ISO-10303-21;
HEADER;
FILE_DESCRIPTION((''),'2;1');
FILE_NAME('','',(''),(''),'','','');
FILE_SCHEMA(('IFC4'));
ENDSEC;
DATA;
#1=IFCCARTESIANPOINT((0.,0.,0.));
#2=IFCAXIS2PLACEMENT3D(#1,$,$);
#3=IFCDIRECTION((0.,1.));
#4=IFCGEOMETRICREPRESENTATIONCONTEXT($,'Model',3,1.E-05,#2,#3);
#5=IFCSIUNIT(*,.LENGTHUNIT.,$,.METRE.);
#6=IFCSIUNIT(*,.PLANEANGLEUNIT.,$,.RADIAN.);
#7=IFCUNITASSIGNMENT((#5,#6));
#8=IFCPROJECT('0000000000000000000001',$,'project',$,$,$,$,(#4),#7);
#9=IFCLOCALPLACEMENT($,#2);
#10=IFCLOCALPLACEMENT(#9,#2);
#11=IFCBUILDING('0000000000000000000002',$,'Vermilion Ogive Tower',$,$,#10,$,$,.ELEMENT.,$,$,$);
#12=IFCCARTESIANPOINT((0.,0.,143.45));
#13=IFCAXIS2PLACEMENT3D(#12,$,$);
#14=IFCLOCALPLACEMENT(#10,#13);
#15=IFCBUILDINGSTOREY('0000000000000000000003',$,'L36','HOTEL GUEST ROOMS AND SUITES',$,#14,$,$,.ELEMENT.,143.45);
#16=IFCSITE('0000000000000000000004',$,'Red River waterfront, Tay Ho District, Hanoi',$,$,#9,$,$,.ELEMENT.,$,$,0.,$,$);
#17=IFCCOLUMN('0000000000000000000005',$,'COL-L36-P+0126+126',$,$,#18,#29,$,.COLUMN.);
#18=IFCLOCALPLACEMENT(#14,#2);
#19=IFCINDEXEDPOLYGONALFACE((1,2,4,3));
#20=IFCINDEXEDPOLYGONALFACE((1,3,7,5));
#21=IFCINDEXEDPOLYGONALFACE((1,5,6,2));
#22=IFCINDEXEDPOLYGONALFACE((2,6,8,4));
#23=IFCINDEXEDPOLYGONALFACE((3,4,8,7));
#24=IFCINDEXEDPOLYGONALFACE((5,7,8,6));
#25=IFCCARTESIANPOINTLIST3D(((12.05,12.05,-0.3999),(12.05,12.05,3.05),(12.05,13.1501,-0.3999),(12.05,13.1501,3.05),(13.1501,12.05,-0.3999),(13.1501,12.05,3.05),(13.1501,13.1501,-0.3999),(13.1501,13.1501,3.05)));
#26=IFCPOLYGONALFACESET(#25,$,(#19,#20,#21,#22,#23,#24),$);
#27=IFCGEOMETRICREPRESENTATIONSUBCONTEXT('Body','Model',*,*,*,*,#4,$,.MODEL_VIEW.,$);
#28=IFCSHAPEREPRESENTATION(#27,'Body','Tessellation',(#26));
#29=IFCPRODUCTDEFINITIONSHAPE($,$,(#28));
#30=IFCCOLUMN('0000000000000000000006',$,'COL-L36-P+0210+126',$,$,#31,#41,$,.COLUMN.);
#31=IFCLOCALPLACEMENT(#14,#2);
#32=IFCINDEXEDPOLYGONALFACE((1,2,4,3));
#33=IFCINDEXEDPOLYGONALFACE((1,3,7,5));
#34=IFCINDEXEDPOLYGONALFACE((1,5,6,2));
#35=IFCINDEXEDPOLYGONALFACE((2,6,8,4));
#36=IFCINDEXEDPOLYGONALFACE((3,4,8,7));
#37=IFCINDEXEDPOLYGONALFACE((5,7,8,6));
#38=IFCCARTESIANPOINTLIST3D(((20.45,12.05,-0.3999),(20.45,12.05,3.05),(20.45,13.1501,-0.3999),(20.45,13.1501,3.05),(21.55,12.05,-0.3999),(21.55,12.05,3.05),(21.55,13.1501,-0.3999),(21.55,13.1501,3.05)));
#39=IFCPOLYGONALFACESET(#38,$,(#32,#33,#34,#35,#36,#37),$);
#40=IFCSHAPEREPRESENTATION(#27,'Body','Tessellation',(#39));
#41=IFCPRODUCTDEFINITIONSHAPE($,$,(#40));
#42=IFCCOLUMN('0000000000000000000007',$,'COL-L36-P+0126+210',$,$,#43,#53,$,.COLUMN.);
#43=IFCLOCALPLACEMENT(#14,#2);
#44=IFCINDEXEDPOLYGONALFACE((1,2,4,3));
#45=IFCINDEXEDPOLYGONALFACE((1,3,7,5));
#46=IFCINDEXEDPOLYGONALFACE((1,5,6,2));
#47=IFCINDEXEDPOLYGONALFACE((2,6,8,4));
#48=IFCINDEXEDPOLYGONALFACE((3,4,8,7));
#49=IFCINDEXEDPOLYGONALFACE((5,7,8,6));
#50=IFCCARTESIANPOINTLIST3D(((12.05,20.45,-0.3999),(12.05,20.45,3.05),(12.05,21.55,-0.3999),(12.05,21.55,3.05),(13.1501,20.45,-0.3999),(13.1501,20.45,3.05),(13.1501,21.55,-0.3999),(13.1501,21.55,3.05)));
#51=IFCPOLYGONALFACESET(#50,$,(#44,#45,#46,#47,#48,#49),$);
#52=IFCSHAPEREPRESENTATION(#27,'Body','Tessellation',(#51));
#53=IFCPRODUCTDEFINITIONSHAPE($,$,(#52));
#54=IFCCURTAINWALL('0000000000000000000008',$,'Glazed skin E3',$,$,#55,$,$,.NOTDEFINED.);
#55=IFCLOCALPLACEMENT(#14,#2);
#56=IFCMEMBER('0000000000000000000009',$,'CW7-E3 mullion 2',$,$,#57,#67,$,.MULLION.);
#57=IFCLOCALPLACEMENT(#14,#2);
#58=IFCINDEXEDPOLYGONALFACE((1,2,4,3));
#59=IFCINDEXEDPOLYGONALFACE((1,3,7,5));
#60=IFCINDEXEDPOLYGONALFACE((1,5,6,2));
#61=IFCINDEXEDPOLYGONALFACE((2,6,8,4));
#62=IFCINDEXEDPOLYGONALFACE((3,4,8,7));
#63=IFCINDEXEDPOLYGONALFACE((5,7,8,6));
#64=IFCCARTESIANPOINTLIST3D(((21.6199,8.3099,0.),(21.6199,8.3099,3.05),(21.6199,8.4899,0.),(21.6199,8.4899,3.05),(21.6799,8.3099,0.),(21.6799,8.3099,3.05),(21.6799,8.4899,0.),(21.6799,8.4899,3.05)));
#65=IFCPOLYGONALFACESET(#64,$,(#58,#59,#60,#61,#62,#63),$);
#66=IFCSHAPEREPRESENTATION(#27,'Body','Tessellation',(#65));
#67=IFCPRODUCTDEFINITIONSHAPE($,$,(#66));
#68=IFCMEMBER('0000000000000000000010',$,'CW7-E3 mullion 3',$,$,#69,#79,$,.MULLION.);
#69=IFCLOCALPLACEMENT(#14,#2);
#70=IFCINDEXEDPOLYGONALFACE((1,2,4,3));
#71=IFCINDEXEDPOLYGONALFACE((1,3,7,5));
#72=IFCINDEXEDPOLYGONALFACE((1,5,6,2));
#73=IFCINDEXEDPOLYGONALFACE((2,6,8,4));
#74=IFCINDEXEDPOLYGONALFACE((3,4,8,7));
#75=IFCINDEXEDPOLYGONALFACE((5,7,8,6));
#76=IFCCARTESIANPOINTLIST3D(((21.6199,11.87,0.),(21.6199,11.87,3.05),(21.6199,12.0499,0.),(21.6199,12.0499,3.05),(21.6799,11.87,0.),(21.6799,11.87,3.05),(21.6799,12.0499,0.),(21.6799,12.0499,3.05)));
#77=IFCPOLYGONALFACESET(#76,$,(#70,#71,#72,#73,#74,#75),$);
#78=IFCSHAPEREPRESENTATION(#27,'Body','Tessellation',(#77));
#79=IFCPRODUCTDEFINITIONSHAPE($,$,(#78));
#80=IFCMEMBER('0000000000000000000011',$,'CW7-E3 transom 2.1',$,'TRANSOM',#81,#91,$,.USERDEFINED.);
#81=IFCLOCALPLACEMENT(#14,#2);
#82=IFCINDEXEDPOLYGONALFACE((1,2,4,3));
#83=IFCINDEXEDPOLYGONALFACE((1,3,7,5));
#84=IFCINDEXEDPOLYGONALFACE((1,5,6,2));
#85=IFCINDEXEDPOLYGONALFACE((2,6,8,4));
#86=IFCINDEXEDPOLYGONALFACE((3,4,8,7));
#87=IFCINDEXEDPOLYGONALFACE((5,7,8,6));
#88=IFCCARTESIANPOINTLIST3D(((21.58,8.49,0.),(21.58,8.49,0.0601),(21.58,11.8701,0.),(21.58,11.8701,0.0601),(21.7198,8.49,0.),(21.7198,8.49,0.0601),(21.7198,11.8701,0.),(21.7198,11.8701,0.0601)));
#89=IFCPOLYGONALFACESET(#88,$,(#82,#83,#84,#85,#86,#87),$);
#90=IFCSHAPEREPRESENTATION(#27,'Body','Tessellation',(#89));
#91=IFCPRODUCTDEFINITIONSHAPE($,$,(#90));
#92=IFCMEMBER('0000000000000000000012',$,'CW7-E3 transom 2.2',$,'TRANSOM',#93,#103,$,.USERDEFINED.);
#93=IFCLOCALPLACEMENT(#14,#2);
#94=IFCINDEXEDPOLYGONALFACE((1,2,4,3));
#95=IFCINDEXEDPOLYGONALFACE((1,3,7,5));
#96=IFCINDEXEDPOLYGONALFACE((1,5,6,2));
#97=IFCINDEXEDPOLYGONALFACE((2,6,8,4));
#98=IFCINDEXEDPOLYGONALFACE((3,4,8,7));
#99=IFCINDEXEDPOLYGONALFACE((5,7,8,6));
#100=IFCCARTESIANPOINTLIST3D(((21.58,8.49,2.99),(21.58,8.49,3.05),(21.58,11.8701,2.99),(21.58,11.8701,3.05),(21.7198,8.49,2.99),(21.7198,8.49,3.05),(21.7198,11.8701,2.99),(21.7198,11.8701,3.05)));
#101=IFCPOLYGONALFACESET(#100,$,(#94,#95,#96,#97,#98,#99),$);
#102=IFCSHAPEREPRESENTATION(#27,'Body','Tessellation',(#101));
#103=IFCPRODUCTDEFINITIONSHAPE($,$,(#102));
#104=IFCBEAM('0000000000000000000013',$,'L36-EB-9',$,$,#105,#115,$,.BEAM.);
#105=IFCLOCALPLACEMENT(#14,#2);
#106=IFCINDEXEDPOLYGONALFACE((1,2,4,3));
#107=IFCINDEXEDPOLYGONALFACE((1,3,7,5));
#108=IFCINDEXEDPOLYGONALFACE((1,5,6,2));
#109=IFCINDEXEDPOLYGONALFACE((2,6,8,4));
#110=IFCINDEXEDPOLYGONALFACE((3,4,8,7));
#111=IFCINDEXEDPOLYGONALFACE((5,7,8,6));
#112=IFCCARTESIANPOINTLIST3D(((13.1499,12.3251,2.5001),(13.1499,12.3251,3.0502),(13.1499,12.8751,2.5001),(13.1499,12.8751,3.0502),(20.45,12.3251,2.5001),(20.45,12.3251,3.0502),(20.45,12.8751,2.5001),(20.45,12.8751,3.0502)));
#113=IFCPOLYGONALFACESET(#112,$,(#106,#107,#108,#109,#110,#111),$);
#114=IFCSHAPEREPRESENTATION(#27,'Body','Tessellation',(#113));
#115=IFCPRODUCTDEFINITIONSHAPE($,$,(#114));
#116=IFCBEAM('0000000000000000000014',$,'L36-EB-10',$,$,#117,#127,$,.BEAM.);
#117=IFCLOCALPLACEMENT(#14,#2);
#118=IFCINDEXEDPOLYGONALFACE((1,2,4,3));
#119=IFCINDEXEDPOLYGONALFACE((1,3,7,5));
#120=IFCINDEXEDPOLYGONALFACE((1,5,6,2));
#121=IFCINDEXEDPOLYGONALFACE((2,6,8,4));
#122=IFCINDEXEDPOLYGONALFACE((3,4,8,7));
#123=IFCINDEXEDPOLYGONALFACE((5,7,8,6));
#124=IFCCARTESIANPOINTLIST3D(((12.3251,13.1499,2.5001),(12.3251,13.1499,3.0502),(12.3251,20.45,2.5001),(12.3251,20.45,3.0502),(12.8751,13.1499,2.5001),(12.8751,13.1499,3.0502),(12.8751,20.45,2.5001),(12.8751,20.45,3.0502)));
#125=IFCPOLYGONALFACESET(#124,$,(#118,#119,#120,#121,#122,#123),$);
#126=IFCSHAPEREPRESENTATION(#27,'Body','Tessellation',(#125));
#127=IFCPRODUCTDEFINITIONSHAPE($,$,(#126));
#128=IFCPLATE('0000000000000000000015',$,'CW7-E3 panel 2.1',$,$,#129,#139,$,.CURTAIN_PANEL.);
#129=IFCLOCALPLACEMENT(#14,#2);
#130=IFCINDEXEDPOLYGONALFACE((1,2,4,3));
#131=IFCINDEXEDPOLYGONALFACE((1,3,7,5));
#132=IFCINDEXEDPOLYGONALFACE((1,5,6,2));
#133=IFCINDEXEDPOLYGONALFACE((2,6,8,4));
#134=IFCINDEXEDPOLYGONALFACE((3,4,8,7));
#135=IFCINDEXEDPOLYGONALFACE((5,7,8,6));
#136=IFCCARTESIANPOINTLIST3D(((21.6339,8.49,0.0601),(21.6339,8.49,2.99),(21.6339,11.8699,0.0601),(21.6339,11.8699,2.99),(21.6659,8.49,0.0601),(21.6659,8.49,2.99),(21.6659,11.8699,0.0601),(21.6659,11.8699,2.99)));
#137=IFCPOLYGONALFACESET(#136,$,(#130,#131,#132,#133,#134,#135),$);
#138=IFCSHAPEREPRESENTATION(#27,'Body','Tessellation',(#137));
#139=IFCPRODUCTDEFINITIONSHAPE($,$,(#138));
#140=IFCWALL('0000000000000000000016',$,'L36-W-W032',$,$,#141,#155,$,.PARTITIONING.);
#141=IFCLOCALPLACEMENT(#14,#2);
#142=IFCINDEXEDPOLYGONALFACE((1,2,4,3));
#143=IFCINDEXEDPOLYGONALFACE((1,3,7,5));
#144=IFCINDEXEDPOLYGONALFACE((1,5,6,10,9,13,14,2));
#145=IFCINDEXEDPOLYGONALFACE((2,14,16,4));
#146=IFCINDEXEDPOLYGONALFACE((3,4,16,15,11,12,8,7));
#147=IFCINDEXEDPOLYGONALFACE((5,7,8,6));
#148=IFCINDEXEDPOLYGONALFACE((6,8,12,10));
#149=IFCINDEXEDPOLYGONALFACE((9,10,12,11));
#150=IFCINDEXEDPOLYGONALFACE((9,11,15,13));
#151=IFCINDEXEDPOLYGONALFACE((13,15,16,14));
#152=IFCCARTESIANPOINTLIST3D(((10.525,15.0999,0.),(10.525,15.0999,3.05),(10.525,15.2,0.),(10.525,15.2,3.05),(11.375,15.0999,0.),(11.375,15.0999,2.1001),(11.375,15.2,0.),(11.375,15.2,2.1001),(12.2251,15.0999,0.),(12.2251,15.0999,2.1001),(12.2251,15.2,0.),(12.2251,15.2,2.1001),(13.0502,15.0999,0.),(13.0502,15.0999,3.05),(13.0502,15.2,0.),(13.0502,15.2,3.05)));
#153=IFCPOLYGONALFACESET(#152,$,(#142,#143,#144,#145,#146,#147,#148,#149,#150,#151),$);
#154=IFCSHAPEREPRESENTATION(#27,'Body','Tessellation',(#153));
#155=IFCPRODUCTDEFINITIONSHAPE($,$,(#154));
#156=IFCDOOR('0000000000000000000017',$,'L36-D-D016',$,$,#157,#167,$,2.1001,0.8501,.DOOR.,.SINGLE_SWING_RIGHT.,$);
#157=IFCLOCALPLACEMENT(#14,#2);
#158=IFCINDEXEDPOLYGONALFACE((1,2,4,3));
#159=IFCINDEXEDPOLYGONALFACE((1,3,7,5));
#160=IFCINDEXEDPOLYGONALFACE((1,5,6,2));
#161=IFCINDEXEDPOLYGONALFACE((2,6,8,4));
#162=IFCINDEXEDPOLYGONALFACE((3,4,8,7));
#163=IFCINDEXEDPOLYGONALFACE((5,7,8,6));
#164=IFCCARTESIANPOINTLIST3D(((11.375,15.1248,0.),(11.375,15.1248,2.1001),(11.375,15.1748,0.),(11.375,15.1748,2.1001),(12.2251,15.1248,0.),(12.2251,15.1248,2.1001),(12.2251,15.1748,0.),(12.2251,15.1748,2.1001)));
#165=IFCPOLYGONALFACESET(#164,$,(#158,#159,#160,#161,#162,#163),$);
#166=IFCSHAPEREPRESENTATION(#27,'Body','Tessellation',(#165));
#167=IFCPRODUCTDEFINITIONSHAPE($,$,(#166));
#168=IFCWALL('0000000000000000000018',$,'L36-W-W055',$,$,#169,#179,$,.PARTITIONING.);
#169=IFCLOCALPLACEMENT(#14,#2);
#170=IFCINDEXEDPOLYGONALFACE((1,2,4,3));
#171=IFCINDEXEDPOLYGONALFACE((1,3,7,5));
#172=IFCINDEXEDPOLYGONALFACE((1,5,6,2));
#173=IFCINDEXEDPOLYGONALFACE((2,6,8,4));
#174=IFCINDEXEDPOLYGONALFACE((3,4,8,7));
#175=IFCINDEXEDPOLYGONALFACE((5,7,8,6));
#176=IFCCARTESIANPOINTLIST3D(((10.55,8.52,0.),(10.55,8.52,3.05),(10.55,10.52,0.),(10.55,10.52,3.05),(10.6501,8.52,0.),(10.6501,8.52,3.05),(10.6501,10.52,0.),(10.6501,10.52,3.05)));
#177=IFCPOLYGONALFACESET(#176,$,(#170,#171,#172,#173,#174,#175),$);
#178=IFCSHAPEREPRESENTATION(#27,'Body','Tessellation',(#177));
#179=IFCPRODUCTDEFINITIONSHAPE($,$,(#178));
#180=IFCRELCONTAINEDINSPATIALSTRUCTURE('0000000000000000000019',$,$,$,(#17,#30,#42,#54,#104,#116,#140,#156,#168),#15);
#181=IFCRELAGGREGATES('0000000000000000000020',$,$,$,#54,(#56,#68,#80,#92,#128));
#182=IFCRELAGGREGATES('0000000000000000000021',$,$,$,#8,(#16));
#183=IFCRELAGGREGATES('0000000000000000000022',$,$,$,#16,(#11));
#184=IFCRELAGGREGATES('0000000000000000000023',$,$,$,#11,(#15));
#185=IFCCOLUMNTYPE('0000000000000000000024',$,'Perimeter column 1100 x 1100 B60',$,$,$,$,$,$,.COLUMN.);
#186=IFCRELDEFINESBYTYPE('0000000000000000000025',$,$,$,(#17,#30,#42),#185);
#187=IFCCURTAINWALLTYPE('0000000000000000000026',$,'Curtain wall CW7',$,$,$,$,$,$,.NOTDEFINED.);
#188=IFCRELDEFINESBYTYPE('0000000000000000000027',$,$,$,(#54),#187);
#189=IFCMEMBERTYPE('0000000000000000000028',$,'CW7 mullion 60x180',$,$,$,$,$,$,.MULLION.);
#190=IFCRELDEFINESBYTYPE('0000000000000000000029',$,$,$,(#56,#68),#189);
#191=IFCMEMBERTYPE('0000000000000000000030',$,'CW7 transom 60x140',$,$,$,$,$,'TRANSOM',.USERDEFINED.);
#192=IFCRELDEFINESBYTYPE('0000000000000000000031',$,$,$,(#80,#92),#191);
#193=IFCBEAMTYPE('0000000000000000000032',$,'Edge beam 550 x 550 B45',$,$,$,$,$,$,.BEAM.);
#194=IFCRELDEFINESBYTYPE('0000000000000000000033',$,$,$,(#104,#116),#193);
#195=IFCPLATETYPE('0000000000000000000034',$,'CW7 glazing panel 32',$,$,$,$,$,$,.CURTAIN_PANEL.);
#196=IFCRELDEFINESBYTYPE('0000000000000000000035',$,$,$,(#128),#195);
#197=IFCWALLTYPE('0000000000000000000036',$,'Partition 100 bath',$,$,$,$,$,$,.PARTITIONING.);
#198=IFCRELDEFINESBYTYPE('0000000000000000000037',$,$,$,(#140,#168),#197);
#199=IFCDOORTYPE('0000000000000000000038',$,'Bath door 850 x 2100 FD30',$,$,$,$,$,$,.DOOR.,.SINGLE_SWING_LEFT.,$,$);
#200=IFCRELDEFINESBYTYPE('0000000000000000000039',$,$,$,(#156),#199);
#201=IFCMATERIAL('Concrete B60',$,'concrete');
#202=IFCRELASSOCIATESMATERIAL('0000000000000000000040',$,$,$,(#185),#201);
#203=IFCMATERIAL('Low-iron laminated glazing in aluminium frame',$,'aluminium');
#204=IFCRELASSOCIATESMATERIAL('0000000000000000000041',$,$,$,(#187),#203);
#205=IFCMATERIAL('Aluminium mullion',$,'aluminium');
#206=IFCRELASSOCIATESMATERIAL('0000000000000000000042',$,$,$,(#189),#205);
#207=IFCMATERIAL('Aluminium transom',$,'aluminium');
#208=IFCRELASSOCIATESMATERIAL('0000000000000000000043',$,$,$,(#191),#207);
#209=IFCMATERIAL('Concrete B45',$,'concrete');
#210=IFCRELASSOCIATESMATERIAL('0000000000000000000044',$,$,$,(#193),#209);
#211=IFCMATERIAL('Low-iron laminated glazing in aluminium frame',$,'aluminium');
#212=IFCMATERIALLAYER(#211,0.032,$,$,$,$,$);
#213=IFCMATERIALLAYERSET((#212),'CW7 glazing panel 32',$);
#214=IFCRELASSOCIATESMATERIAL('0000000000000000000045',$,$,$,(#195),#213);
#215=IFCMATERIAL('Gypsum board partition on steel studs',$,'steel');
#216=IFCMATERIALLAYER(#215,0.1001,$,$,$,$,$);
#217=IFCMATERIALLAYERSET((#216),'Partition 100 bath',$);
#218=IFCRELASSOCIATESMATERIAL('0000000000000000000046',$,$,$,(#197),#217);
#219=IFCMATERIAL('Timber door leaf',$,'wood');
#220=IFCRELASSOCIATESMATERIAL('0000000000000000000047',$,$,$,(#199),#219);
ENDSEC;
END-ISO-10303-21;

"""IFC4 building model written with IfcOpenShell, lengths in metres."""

from ifc_helpers import new_model, si_unit, direction, frame, frame_2d, origin, origin_2d, place, context, subcontext, project, spatial, rectangle, extrude, material, layer, layer_set, material_profile, profile_set, type_object, element, fill, aggregate, save


model = new_model("IFC4")

# Units and contexts
model_context = context("Model", 3, precision=1e-05, world=origin(), true_north=direction((0.0, 1.0)))
body_context = subcontext(model_context, "Body", "Model", "MODEL_VIEW")
ifc_project = project(units=[si_unit("LENGTHUNIT", "METRE"), si_unit("PLANEANGLEUNIT", "RADIAN")], contexts=[model_context])

# Site, building, storey
site_placement = place(None, origin())
site = spatial("IfcSite", under=ifc_project, at=site_placement, Name="Red River waterfront, Tay Ho District, Hanoi", CompositionType="ELEMENT", RefElevation=0.0)
building_placement = place(site_placement, origin())
building = spatial("IfcBuilding", under=site, at=building_placement, Name="Vermilion Ogive Tower", CompositionType="ELEMENT")
storey_placement = place(building_placement, frame((0.0, 0.0, 143.45)))
storey = spatial("IfcBuildingStorey", under=building, at=storey_placement, Name="L36", Description="HOTEL GUEST ROOMS AND SUITES", CompositionType="ELEMENT", Elevation=143.45)

# Columns
ifc_material_1 = material(Name="Concrete B60", Category="concrete")
ifc_material_profile_1 = material_profile(ifc_material_1, rectangle(XDim=1.1001, YDim=1.1001, at=origin_2d()), Name="1100 x 1100")
ifc_profile_set_1 = profile_set([ifc_material_profile_1], Name="Concrete B60")
column_type = type_object("IfcColumnType", Name="Perimeter column 1100 x 1100 B60", PredefinedType="COLUMN", material=ifc_profile_set_1)
for number, where, z_axis, x_axis, name in (
    (1, (12.6001, 12.6001, -0.3999), (0.0, 0.0, 1.0), (1.0, 0.0, 0.0), "COL-L36-P+0126+126"),
    (2, (21.0, 12.6001, -0.3999), (0.0, 0.0, 1.0), (1.0, 0.0, 0.0), "COL-L36-P+0210+126"),
    (3, (12.6001, 21.0, -0.3999), (0.0, 0.0, 1.0), (1.0, 0.0, 0.0), "COL-L36-P+0126+210"),
):
    element("IfcColumn", number, at=place(storey_placement, frame(where, z_axis=z_axis, x_axis=x_axis)), inside=storey, type_object=column_type, Name=name, PredefinedType="COLUMN", context=body_context, shape_type="SweptSolid", body=[
        extrude(rectangle(XDim=1.1001, YDim=1.1001, at=origin_2d()), origin(), (0.0, 0.0, 1.0), 3.45),
    ])

# Curtain wall, members
ifc_material_2 = material(Name="Low-iron laminated glazing in aluminium frame", Category="aluminium")
curtain_wall_type = type_object("IfcCurtainWallType", Name="Curtain wall CW7", PredefinedType="NOTDEFINED", material=ifc_material_2)
curtain_wall_placement = place(storey_placement, origin())
curtain_wall = element("IfcCurtainWall", 4, at=curtain_wall_placement, inside=storey, type_object=curtain_wall_type, Name="Glazed skin E3", PredefinedType="NOTDEFINED")
ifc_material_3 = material(Name="Aluminium mullion", Category="aluminium")
ifc_material_profile_2 = material_profile(ifc_material_3, rectangle(XDim=0.0601, YDim=0.1799, at=origin_2d()), Name="AL 60x180")
ifc_profile_set_2 = profile_set([ifc_material_profile_2], Name="Aluminium mullion")
member_type_1 = type_object("IfcMemberType", Name="CW7 mullion 60x180", PredefinedType="MULLION", material=ifc_profile_set_2)
member_1_placement = place(storey_placement, frame((21.6499, 8.3999, 0.0), z_axis=(0.0, 0.0, 1.0), x_axis=(-1.0, 0.0, 0.0)))
member_1 = element("IfcMember", 5, at=member_1_placement, type_object=member_type_1, Name="CW7-E3 mullion 2", PredefinedType="MULLION", context=body_context, shape_type="SweptSolid", body=[
    extrude(rectangle(XDim=0.0601, YDim=0.1799, at=origin_2d()), origin(), (0.0, 0.0, 1.0), 3.05),
])
member_2_placement = place(storey_placement, frame((21.6499, 11.96, 0.0), z_axis=(0.0, 0.0, 1.0), x_axis=(-1.0, 0.0, 0.0)))
member_2 = element("IfcMember", 6, at=member_2_placement, type_object=member_type_1, Name="CW7-E3 mullion 3", PredefinedType="MULLION", context=body_context, shape_type="SweptSolid", body=[
    extrude(rectangle(XDim=0.0601, YDim=0.1799, at=origin_2d()), origin(), (0.0, 0.0, 1.0), 3.05),
])
ifc_material_4 = material(Name="Aluminium transom", Category="aluminium")
ifc_material_profile_3 = material_profile(ifc_material_4, rectangle(XDim=0.1399, YDim=0.0601, at=origin_2d()), Name="AL 60x140")
ifc_profile_set_3 = profile_set([ifc_material_profile_3], Name="Aluminium transom")
member_type_2 = type_object("IfcMemberType", Name="CW7 transom 60x140", ElementType="TRANSOM", PredefinedType="USERDEFINED", material=ifc_profile_set_3)
member_3_placement = place(storey_placement, frame((21.6499, 8.49, 0.03), z_axis=(0.0, 1.0, 0.0), x_axis=(-1.0, 0.0, 0.0)))
member_3 = element("IfcMember", 7, at=member_3_placement, type_object=member_type_2, Name="CW7-E3 transom 2.1", ObjectType="TRANSOM", PredefinedType="USERDEFINED", context=body_context, shape_type="SweptSolid", body=[
    extrude(rectangle(XDim=0.1399, YDim=0.0601, at=origin_2d()), origin(), (0.0, 0.0, 1.0), 3.3801),
])
member_4_placement = place(storey_placement, frame((21.6499, 8.49, 3.02), z_axis=(0.0, 1.0, 0.0), x_axis=(-1.0, 0.0, 0.0)))
member_4 = element("IfcMember", 8, at=member_4_placement, type_object=member_type_2, Name="CW7-E3 transom 2.2", ObjectType="TRANSOM", PredefinedType="USERDEFINED", context=body_context, shape_type="SweptSolid", body=[
    extrude(rectangle(XDim=0.1399, YDim=0.0601, at=origin_2d()), origin(), (0.0, 0.0, 1.0), 3.3801),
])

# Beams
ifc_material_5 = material(Name="Concrete B45", Category="concrete")
ifc_material_profile_4 = material_profile(ifc_material_5, rectangle(XDim=0.55, YDim=0.55, at=origin_2d()), Name="550 x 550")
ifc_profile_set_4 = profile_set([ifc_material_profile_4], Name="Concrete B45")
beam_type = type_object("IfcBeamType", Name="Edge beam 550 x 550 B45", PredefinedType="BEAM", material=ifc_profile_set_4)
for number, where, z_axis, x_axis, name in (
    (9, (20.45, 12.6001, 2.7751), (-1.0, 0.0, 0.0), (0.0, -1.0, 0.0), "L36-EB-9"),
    (10, (12.6001, 13.1499, 2.7751), (0.0, 1.0, 0.0), (-1.0, 0.0, 0.0), "L36-EB-10"),
):
    element("IfcBeam", number, at=place(storey_placement, frame(where, z_axis=z_axis, x_axis=x_axis)), inside=storey, type_object=beam_type, Name=name, PredefinedType="BEAM", context=body_context, shape_type="SweptSolid", body=[
        extrude(rectangle(XDim=0.55, YDim=0.55, at=origin_2d()), origin(), (0.0, 0.0, 1.0), 7.3),
    ])

# Plate
ifc_material_6 = material(Name="Low-iron laminated glazing in aluminium frame", Category="aluminium")
ifc_layer_1 = layer(ifc_material_6, 0.032)
ifc_layer_set_1 = layer_set([ifc_layer_1], Name="CW7 glazing panel 32")
plate_type = type_object("IfcPlateType", Name="CW7 glazing panel 32", PredefinedType="CURTAIN_PANEL", material=ifc_layer_set_1)
plate_placement = place(storey_placement, frame((21.6499, 10.1799, 0.0601), z_axis=(0.0, 0.0, 1.0), x_axis=(0.0, 1.0, 0.0)))
plate = element("IfcPlate", 11, at=plate_placement, type_object=plate_type, Name="CW7-E3 panel 2.1", PredefinedType="CURTAIN_PANEL", context=body_context, shape_type="SweptSolid", body=[
    extrude(rectangle(XDim=3.3799, YDim=0.032, at=origin_2d()), origin(), (0.0, 0.0, 1.0), 2.9299),
])
aggregate(curtain_wall, [member_1, member_2, member_3, member_4, plate])

# Wall, opening, door
ifc_material_7 = material(Name="Gypsum board partition on steel studs", Category="steel")
ifc_layer_2 = layer(ifc_material_7, 0.1001)
ifc_layer_set_2 = layer_set([ifc_layer_2], Name="Partition 100 bath")
wall_type_1 = type_object("IfcWallType", Name="Partition 100 bath", PredefinedType="PARTITIONING", material=ifc_layer_set_2)
wall_1_placement = place(storey_placement, frame((10.5249, 15.1499, 0.0), z_axis=(0.0, 0.0, 1.0), x_axis=(1.0, 0.0, 0.0)))
wall_1 = element("IfcWall", 12, at=wall_1_placement, inside=storey, type_object=wall_type_1, Name="L36-W-W032", PredefinedType="PARTITIONING", context=body_context, shape_type="SweptSolid", body=[
    extrude(rectangle(XDim=2.5251, YDim=0.1001, at=frame_2d((1.2627, 0.0))), origin(), (0.0, 0.0, 1.0), 3.05),
])
opening_1_placement = place(wall_1_placement, frame((0.8501, 0.0, 0.0)))
opening_1 = element("IfcOpeningElement", 13, at=opening_1_placement, cuts=wall_1, PredefinedType="OPENING", context=body_context, shape_type="SweptSolid", body=[
    extrude(rectangle(XDim=0.8501, YDim=2.1001, at=frame_2d((0.425, 1.05))), frame((0.0, 0.0601, 0.0), z_axis=(0.0, -1.0, 0.0), x_axis=(1.0, 0.0, 0.0)), (0.0, 0.0, 1.0), 0.1201),
])
ifc_material_8 = material(Name="Timber door leaf", Category="wood")
door_type_1 = type_object("IfcDoorType", Name="Bath door 850 x 2100 FD30", OperationType="SINGLE_SWING_LEFT", PredefinedType="DOOR", material=ifc_material_8)
door_1_placement = place(opening_1_placement, origin())
door_1 = element("IfcDoor", 14, at=door_1_placement, inside=storey, type_object=door_type_1, Name="L36-D-D016", OperationType="SINGLE_SWING_RIGHT", OverallHeight=2.1001, OverallWidth=0.8501, PredefinedType="DOOR", context=body_context, shape_type="SweptSolid", body=[
    extrude(rectangle(XDim=0.8501, YDim=2.1001, at=frame_2d((0.425, 1.05))), frame((0.0, 0.0249, 0.0), z_axis=(0.0, -1.0, 0.0), x_axis=(1.0, 0.0, 0.0)), (0.0, 0.0, 1.0), 0.05),
])
fill(opening_1, door_1)

# Wall
wall_2_placement = place(storey_placement, frame((10.6001, 8.52, 0.0), z_axis=(0.0, 0.0, 1.0), x_axis=(0.0, 1.0, 0.0)))
element("IfcWall", 15, at=wall_2_placement, inside=storey, type_object=wall_type_1, Name="L36-W-W055", PredefinedType="PARTITIONING", context=body_context, shape_type="SweptSolid", body=[
    extrude(rectangle(XDim=2.0, YDim=0.1001, at=frame_2d((1.0, 0.0))), origin(), (0.0, 0.0, 1.0), 3.05),
])

save(model, "model.ifc")
